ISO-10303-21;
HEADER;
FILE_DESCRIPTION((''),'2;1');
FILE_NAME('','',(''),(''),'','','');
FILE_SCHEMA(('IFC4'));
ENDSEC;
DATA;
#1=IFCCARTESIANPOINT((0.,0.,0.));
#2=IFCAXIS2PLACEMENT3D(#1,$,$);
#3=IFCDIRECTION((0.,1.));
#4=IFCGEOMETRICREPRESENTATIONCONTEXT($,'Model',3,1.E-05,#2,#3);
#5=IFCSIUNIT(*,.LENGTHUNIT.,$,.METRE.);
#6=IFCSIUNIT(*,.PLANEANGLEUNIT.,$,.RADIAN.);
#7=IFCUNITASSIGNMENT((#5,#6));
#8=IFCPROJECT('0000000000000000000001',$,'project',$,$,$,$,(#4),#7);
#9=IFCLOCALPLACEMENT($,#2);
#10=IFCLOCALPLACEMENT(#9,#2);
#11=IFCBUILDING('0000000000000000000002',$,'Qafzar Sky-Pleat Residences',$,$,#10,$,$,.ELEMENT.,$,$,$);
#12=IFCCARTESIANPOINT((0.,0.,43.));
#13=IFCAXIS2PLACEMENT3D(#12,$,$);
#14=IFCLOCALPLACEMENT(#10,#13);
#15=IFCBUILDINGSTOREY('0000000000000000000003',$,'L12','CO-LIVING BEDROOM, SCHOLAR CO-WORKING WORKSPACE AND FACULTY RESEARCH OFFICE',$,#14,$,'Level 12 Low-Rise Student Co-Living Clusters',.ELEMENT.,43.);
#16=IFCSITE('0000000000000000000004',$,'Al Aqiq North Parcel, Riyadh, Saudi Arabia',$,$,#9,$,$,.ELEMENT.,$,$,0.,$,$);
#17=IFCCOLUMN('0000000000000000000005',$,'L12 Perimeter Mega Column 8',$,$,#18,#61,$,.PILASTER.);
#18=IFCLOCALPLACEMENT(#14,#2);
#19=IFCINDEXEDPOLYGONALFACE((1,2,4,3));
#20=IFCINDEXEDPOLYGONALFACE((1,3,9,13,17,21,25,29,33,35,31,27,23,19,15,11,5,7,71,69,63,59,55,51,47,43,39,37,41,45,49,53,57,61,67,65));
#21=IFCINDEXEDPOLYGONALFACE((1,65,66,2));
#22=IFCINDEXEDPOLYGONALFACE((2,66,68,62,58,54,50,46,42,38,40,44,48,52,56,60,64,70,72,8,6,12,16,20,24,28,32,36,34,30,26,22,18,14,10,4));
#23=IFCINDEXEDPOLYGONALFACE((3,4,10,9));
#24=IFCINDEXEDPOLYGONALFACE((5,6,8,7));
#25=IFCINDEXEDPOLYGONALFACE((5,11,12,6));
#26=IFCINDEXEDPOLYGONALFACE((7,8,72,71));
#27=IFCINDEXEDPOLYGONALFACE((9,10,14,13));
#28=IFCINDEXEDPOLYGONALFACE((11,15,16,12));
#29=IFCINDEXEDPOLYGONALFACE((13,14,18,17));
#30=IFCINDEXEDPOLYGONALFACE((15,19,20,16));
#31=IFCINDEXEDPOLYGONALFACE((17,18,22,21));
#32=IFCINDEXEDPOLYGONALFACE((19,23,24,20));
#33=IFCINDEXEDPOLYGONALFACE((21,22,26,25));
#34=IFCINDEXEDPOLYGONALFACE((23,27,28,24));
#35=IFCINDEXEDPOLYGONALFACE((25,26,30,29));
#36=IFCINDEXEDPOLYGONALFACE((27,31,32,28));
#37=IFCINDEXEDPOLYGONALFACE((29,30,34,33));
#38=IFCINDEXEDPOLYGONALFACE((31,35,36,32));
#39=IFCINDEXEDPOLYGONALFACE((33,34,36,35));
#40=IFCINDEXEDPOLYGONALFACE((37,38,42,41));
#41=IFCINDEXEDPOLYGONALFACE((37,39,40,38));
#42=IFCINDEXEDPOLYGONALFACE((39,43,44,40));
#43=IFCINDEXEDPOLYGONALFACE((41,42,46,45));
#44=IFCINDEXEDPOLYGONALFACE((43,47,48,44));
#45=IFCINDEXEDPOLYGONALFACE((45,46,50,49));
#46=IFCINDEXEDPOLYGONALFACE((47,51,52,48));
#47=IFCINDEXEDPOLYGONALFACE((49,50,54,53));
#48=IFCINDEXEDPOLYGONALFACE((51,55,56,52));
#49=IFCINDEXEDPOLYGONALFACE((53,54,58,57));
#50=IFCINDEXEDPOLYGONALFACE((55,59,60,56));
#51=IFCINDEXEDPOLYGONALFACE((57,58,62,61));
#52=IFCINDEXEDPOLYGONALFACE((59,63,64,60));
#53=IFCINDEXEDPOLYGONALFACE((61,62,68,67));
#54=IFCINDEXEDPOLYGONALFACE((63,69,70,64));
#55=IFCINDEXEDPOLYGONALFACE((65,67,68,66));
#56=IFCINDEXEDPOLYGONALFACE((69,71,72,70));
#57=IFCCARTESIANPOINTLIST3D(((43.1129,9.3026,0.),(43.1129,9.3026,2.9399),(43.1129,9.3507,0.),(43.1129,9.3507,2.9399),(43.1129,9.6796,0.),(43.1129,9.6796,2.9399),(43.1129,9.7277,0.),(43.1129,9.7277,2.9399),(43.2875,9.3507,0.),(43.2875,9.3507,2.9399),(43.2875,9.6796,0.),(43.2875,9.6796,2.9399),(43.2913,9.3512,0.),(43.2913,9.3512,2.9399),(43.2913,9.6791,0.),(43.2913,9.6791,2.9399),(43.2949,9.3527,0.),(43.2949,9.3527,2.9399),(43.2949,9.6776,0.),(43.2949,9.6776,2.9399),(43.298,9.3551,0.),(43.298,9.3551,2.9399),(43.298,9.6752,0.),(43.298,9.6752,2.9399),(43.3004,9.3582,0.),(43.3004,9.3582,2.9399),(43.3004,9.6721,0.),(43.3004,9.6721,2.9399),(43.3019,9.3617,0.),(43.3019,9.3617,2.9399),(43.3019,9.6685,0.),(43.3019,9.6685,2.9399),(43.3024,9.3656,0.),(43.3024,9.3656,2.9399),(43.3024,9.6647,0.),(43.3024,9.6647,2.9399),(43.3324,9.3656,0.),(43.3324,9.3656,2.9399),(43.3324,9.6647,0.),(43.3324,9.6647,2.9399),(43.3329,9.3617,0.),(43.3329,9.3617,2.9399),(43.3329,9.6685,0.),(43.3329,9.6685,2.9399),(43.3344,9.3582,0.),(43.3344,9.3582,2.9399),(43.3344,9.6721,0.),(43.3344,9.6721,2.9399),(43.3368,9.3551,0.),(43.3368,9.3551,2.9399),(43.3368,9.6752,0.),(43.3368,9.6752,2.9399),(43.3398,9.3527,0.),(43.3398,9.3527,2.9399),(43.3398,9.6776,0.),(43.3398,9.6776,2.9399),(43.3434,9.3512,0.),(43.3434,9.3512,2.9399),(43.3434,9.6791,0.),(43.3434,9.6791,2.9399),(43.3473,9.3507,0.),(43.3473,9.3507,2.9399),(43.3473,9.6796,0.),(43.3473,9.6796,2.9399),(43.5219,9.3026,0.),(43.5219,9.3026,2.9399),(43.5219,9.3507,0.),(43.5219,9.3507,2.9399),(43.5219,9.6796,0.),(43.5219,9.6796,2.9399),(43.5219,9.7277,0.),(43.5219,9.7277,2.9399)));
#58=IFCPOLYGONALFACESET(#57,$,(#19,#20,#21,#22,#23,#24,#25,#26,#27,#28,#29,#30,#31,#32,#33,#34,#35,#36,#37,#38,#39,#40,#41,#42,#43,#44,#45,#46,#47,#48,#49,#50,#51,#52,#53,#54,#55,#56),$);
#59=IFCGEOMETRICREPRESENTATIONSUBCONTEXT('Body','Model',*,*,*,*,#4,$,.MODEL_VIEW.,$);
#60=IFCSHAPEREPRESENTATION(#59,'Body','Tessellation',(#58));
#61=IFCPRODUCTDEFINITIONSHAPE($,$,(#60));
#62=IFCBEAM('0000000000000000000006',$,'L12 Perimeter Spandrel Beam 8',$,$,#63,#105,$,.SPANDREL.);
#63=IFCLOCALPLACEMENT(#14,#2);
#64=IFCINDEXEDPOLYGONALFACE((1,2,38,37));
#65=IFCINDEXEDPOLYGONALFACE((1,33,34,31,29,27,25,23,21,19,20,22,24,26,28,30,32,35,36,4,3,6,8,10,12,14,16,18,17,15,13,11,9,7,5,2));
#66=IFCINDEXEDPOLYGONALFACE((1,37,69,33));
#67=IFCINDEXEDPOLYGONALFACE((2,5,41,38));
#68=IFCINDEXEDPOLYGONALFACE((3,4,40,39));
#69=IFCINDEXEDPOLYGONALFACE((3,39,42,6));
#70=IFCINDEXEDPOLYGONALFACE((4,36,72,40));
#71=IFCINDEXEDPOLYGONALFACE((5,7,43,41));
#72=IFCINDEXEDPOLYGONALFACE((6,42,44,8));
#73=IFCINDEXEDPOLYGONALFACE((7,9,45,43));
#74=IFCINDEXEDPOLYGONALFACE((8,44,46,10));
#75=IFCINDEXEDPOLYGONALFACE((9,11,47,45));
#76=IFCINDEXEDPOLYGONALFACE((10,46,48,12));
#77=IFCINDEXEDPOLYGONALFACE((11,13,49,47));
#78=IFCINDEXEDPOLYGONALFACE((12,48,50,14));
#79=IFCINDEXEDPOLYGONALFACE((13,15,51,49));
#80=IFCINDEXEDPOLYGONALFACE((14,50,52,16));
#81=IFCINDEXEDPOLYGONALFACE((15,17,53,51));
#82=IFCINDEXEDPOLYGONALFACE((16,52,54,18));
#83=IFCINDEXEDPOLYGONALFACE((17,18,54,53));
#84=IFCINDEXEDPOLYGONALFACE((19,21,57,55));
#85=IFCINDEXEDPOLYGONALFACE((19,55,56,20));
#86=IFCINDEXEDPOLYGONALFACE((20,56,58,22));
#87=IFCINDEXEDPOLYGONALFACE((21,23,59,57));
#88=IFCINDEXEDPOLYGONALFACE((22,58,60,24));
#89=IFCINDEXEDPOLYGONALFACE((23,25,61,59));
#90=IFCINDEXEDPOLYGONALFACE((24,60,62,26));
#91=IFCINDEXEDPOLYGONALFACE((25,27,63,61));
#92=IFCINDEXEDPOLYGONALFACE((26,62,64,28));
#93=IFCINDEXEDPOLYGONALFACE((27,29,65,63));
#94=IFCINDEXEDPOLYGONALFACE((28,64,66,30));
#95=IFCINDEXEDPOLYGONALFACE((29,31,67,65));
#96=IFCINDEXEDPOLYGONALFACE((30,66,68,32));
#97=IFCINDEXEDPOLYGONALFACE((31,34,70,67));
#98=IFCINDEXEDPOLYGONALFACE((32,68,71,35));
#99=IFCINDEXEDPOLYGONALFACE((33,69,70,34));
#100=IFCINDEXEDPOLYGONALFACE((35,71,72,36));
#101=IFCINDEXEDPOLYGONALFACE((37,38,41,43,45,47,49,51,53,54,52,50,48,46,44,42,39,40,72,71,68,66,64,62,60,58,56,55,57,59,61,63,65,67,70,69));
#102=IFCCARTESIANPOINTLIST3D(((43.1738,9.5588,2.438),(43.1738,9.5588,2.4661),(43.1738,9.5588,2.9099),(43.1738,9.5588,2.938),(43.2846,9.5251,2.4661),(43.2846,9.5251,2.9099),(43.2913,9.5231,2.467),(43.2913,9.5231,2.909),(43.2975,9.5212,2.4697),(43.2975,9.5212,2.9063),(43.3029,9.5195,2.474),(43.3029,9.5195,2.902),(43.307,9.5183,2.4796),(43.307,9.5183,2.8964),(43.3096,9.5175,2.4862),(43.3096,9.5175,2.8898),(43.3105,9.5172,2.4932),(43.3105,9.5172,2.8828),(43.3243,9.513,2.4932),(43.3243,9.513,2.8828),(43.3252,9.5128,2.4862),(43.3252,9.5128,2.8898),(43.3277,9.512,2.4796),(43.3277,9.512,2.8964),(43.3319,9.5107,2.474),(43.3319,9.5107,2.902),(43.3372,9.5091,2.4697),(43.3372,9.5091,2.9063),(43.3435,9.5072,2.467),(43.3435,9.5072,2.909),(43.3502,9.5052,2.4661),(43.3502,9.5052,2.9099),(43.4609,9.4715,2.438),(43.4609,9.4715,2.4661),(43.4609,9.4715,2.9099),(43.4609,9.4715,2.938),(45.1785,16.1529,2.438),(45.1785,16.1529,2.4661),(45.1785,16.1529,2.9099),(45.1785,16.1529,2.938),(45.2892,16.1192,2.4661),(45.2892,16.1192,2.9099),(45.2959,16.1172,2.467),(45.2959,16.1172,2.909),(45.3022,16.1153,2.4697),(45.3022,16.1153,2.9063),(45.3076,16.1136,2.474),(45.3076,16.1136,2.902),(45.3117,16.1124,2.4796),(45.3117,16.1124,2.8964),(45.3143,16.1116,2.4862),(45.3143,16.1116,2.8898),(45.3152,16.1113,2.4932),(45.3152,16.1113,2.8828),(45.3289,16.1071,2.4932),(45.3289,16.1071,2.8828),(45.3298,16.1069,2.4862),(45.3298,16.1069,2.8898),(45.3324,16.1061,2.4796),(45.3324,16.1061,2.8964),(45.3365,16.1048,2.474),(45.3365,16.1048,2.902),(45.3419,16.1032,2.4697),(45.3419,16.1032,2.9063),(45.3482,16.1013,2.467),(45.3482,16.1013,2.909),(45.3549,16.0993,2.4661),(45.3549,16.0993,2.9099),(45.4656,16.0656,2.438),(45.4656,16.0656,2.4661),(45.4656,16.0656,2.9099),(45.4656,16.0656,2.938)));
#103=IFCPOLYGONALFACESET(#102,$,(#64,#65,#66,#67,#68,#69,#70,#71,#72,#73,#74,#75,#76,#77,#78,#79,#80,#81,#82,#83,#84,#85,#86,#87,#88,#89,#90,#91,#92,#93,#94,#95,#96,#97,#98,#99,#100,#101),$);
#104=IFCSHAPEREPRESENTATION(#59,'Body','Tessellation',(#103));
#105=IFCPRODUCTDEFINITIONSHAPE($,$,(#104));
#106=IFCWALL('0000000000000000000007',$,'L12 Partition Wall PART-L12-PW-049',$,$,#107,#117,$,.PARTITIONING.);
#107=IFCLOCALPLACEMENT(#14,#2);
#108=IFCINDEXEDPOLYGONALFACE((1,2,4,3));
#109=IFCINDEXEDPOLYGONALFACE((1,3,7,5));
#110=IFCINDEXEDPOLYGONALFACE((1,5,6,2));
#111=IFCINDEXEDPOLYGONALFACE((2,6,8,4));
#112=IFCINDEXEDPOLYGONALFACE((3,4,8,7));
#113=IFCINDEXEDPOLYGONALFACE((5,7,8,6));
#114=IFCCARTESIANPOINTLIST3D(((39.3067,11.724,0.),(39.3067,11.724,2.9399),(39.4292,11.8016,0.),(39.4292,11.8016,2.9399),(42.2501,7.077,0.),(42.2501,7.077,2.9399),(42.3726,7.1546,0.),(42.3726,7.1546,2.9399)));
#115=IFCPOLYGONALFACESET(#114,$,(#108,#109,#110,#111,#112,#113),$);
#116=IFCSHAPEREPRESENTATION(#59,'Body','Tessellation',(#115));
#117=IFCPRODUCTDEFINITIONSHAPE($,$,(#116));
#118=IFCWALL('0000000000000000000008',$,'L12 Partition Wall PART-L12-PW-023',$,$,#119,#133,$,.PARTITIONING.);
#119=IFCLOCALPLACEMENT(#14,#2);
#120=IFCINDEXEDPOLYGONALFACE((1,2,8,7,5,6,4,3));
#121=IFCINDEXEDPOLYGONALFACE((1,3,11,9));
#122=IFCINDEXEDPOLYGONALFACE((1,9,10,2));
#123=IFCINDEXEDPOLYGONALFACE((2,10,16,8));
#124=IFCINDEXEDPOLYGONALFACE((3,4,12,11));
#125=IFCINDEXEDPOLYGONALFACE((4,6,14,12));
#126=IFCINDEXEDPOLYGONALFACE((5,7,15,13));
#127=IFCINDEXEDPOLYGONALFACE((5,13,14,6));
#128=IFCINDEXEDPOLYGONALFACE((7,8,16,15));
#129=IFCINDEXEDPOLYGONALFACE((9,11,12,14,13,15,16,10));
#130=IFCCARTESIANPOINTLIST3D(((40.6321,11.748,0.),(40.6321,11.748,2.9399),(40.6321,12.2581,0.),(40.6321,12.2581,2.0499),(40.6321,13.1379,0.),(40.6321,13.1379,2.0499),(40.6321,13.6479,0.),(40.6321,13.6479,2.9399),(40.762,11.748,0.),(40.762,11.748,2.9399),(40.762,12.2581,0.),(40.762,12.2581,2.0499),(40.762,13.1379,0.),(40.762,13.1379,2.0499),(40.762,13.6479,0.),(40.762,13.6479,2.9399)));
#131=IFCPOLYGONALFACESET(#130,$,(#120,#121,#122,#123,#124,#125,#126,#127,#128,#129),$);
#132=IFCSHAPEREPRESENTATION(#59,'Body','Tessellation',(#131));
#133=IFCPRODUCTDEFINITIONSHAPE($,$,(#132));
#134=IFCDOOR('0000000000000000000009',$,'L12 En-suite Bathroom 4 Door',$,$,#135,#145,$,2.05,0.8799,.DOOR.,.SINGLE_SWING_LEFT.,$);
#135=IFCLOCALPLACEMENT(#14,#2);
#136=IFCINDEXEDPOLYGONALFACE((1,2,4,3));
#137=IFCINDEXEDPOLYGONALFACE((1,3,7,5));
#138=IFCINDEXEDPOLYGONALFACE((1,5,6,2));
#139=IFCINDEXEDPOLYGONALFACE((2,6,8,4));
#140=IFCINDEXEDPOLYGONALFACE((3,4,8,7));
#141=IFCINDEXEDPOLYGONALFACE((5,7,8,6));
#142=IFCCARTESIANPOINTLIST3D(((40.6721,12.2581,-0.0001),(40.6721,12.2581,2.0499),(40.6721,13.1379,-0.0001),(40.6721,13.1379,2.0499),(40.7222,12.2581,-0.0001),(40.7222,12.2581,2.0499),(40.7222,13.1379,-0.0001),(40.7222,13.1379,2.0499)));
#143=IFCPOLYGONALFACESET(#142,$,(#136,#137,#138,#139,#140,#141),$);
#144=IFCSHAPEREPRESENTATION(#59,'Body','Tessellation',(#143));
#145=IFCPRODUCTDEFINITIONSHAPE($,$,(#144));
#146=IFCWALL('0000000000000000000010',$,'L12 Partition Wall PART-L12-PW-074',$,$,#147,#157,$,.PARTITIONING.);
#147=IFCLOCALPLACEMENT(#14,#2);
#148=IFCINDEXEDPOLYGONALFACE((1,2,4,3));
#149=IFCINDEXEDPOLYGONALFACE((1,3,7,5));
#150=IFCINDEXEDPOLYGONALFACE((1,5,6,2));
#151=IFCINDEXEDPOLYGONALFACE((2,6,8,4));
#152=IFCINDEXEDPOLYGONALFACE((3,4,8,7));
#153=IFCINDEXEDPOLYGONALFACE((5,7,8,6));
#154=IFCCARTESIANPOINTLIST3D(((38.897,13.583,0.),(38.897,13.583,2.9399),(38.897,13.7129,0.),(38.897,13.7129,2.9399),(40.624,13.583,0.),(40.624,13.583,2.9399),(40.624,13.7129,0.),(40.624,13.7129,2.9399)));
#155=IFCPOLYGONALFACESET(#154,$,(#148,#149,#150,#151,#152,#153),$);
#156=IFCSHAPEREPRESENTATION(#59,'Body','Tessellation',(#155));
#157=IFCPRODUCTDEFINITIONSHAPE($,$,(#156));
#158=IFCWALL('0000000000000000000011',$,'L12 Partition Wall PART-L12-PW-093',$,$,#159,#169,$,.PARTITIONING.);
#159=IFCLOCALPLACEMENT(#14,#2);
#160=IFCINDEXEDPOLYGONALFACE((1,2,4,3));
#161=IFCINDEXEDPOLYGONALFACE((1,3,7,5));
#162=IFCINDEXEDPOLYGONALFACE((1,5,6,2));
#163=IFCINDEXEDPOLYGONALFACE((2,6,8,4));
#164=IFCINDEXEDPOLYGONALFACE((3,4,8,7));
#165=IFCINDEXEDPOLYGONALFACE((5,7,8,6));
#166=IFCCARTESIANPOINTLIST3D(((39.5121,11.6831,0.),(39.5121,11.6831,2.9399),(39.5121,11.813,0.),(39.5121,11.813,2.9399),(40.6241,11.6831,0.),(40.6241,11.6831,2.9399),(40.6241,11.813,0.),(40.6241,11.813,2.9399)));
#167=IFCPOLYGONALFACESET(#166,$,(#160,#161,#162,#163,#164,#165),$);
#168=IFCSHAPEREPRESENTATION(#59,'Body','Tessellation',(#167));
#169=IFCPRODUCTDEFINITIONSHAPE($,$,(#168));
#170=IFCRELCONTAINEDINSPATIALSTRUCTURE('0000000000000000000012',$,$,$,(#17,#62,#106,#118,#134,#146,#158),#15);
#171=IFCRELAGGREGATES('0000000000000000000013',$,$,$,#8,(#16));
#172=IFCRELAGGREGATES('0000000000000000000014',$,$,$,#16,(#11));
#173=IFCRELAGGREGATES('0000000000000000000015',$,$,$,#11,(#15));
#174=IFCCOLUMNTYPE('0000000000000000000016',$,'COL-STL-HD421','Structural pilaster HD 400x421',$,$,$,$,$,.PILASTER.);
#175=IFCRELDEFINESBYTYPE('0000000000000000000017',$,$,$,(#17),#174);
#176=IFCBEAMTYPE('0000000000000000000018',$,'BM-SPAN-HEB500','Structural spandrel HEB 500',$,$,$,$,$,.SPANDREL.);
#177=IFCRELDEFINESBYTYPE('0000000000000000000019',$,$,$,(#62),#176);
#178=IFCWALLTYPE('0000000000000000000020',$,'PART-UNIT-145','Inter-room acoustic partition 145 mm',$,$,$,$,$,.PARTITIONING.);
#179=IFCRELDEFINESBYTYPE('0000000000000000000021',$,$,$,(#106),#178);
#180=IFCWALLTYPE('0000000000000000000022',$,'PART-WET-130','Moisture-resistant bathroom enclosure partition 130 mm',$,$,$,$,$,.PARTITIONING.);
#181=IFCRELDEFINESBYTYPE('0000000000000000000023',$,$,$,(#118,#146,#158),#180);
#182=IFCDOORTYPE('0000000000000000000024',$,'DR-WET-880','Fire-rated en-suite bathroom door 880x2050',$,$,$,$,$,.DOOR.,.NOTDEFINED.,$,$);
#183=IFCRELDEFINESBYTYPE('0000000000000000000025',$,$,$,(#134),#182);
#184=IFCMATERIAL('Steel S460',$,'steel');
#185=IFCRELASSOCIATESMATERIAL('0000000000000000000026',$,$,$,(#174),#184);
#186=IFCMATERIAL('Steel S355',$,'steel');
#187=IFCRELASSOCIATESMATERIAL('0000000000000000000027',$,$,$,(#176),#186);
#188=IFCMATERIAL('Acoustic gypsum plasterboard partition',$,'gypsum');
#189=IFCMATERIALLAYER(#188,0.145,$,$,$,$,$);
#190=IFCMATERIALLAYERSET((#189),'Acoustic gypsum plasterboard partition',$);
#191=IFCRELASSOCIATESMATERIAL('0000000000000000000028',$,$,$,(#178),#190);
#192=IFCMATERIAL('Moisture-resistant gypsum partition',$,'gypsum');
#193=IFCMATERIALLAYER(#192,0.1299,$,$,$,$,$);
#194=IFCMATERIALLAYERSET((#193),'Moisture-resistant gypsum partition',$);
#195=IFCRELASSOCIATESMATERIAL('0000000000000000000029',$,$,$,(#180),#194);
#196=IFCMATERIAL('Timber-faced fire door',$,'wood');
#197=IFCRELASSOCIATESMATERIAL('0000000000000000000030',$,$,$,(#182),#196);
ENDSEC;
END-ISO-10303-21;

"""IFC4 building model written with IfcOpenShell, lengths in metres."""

from ifc_helpers import new_model, si_unit, direction, frame, frame_2d, origin, origin_2d, place, context, subcontext, project, spatial, rectangle, i_section, extrude, source, transform, mapped, material, layer, layer_set, material_profile, profile_set, type_object, element, fill, save


model = new_model("IFC4")

# Units and contexts
model_context = context("Model", 3, precision=1e-05, world=origin(), true_north=direction((0.0, 1.0)))
body_context = subcontext(model_context, "Body", "Model", "MODEL_VIEW")
ifc_project = project(units=[si_unit("LENGTHUNIT", "METRE"), si_unit("PLANEANGLEUNIT", "RADIAN")], contexts=[model_context])

# Site, building, storey
site_placement = place(None, origin())
site = spatial("IfcSite", under=ifc_project, at=site_placement, Name="Al Aqiq North Parcel, Riyadh, Saudi Arabia", CompositionType="ELEMENT", RefElevation=0.0)
building_placement = place(site_placement, origin())
building = spatial("IfcBuilding", under=site, at=building_placement, Name="Qafzar Sky-Pleat Residences", CompositionType="ELEMENT")
storey_placement = place(building_placement, frame((0.0, 0.0, 43.0)))
storey = spatial("IfcBuildingStorey", under=building, at=storey_placement, Name="L12", Description="CO-LIVING BEDROOM, SCHOLAR CO-WORKING WORKSPACE AND FACULTY RESEARCH OFFICE", LongName="Level 12 Low-Rise Student Co-Living Clusters", CompositionType="ELEMENT", Elevation=43.0)

# Column
ifc_material_1 = material(Name="Steel S460", Category="steel")
ifc_material_profile_1 = material_profile(ifc_material_1, i_section(OverallWidth=0.4089, OverallDepth=0.425, WebThickness=0.03, FlangeThickness=0.0481, FilletRadius=0.0149, at=origin_2d()), Name="HD 400x421")
ifc_profile_set_1 = profile_set([ifc_material_profile_1], Name="Steel S460")
column_type = type_object("IfcColumnType", Name="COL-STL-HD421", Description="Structural pilaster HD 400x421", PredefinedType="PILASTER", material=ifc_profile_set_1)
shared_shape_1 = source(origin(), body_context, "Body", "SweptSolid", [
    extrude(i_section(OverallWidth=0.4089, OverallDepth=0.425, WebThickness=0.03, FlangeThickness=0.0481, FilletRadius=0.0149, at=origin_2d()), origin(), (0.0, 0.0, 1.0), 2.9399),
])
column_placement = place(storey_placement, frame((43.3174, 9.5151, 0.0), z_axis=(0.0, 0.0, 1.0), x_axis=(1.0, 0.0, 0.0)))
element("IfcColumn", 1, at=column_placement, inside=storey, type_object=column_type, Name="L12 Perimeter Mega Column 8", PredefinedType="PILASTER", context=body_context, shape_type="MappedRepresentation", body=[
    mapped(shared_shape_1, transform((0.0, 0.0, 0.0), x_axis=(1.0, 0.0, 0.0), y_axis=(0.0, 1.0, 0.0), z_axis=(0.0, 0.0, 1.0), scale=1.0)),
])

# Beam
ifc_material_2 = material(Name="Steel S355", Category="steel")
ifc_material_profile_2 = material_profile(ifc_material_2, i_section(OverallWidth=0.3, OverallDepth=0.5, WebThickness=0.0144, FlangeThickness=0.0281, FilletRadius=0.0271, at=origin_2d()), Name="HEB 500")
ifc_profile_set_2 = profile_set([ifc_material_profile_2], Name="Steel S355")
beam_type = type_object("IfcBeamType", Name="BM-SPAN-HEB500", Description="Structural spandrel HEB 500", PredefinedType="SPANDREL", material=ifc_profile_set_2)
shared_shape_2 = source(origin(), body_context, "Body", "SweptSolid", [
    extrude(i_section(OverallWidth=0.3, OverallDepth=0.5, WebThickness=0.0144, FlangeThickness=0.0281, FilletRadius=0.0271, at=origin_2d()), origin(), (0.0, 0.0, 1.0), 6.8921),
])
beam_placement = place(storey_placement, frame((43.3174, 9.5151, 2.688), z_axis=(0.290866, 0.956764, 0.0), x_axis=(-0.956764, 0.290866, 0.0)))
element("IfcBeam", 2, at=beam_placement, inside=storey, type_object=beam_type, Name="L12 Perimeter Spandrel Beam 8", PredefinedType="SPANDREL", context=body_context, shape_type="MappedRepresentation", body=[
    mapped(shared_shape_2, transform((0.0, 0.0, 0.0), x_axis=(1.0, 0.0, 0.0), y_axis=(0.0, 1.0, 0.0), z_axis=(0.0, 0.0, 1.0), scale=1.0)),
])

# Wall
ifc_material_3 = material(Name="Acoustic gypsum plasterboard partition", Category="gypsum")
ifc_layer_1 = layer(ifc_material_3, 0.145)
ifc_layer_set_1 = layer_set([ifc_layer_1], Name="Acoustic gypsum plasterboard partition")
wall_type_1 = type_object("IfcWallType", Name="PART-UNIT-145", Description="Inter-room acoustic partition 145 mm", PredefinedType="PARTITIONING", material=ifc_layer_set_1)
wall_1_placement = place(storey_placement, frame((39.3679, 11.7629, 0.0), z_axis=(0.0, 0.0, 1.0), x_axis=(0.535088, -0.844796, 0.0)))
element("IfcWall", 3, at=wall_1_placement, inside=storey, type_object=wall_type_1, Name="L12 Partition Wall PART-L12-PW-049", PredefinedType="PARTITIONING", context=body_context, shape_type="SweptSolid", body=[
    extrude(rectangle(XDim=5.5007, YDim=0.145, at=frame_2d((2.7505, 0.0))), origin(), (0.0, 0.0, 1.0), 2.9399),
])

# Wall, opening, door
ifc_material_4 = material(Name="Moisture-resistant gypsum partition", Category="gypsum")
ifc_layer_2 = layer(ifc_material_4, 0.1299)
ifc_layer_set_2 = layer_set([ifc_layer_2], Name="Moisture-resistant gypsum partition")
wall_type_2 = type_object("IfcWallType", Name="PART-WET-130", Description="Moisture-resistant bathroom enclosure partition 130 mm", PredefinedType="PARTITIONING", material=ifc_layer_set_2)
wall_2_placement = place(storey_placement, frame((40.697, 11.748, 0.0), z_axis=(0.0, 0.0, 1.0), x_axis=(0.0, 1.0, 0.0)))
wall_2 = element("IfcWall", 4, at=wall_2_placement, inside=storey, type_object=wall_type_2, Name="L12 Partition Wall PART-L12-PW-023", PredefinedType="PARTITIONING", context=body_context, shape_type="SweptSolid", body=[
    extrude(rectangle(XDim=1.8999, YDim=0.1299, at=frame_2d((0.95, 0.0))), origin(), (0.0, 0.0, 1.0), 2.9399),
])
opening_1_placement = place(wall_2_placement, frame((0.51, 0.0, 0.0)))
opening_1 = element("IfcOpeningElement", 5, at=opening_1_placement, cuts=wall_2, PredefinedType="OPENING", context=body_context, shape_type="SweptSolid", body=[
    extrude(rectangle(XDim=0.8799, YDim=2.05, at=frame_2d((0.4399, 1.0249))), frame((0.0, 0.075, 0.0), z_axis=(0.0, -1.0, 0.0), x_axis=(1.0, 0.0, 0.0)), (0.0, 0.0, 1.0), 0.1499),
])
ifc_material_5 = material(Name="Timber-faced fire door", Category="wood")
door_type = type_object("IfcDoorType", Name="DR-WET-880", Description="Fire-rated en-suite bathroom door 880x2050", OperationType="NOTDEFINED", PredefinedType="DOOR", material=ifc_material_5)
shared_shape_3 = source(origin(), body_context, "Body", "SweptSolid", [
    extrude(rectangle(XDim=0.8799, YDim=2.05, at=frame_2d((0.4399, 1.0249))), frame((0.0, 0.0249, 0.0), z_axis=(0.0, -1.0, 0.0), x_axis=(1.0, 0.0, 0.0)), (0.0, 0.0, 1.0), 0.05),
])
door_placement = place(opening_1_placement, origin())
door = element("IfcDoor", 6, at=door_placement, inside=storey, type_object=door_type, Name="L12 En-suite Bathroom 4 Door", OperationType="SINGLE_SWING_LEFT", OverallHeight=2.05, OverallWidth=0.8799, PredefinedType="DOOR", context=body_context, shape_type="MappedRepresentation", body=[
    mapped(shared_shape_3, transform((0.0, 0.0, 0.0), x_axis=(1.0, 0.0, 0.0), y_axis=(0.0, 1.0, 0.0), z_axis=(0.0, 0.0, 1.0), scale=1.0)),
])
fill(opening_1, door)

# Walls
wall_3_placement = place(storey_placement, frame((38.897, 13.6479, 0.0), z_axis=(0.0, 0.0, 1.0), x_axis=(1.0, 0.0, 0.0)))
element("IfcWall", 7, at=wall_3_placement, inside=storey, type_object=wall_type_2, Name="L12 Partition Wall PART-L12-PW-074", PredefinedType="PARTITIONING", context=body_context, shape_type="SweptSolid", body=[
    extrude(rectangle(XDim=1.7271, YDim=0.1299, at=frame_2d((0.8635, 0.0))), origin(), (0.0, 0.0, 1.0), 2.9399),
])
wall_4_placement = place(storey_placement, frame((39.512, 11.748, 0.0), z_axis=(0.0, 0.0, 1.0), x_axis=(1.0, 0.0, 0.0)))
element("IfcWall", 8, at=wall_4_placement, inside=storey, type_object=wall_type_2, Name="L12 Partition Wall PART-L12-PW-093", PredefinedType="PARTITIONING", context=body_context, shape_type="SweptSolid", body=[
    extrude(rectangle(XDim=1.1121, YDim=0.1299, at=frame_2d((0.5562, 0.0))), origin(), (0.0, 0.0, 1.0), 2.9399),
])

save(model, "model.ifc")
